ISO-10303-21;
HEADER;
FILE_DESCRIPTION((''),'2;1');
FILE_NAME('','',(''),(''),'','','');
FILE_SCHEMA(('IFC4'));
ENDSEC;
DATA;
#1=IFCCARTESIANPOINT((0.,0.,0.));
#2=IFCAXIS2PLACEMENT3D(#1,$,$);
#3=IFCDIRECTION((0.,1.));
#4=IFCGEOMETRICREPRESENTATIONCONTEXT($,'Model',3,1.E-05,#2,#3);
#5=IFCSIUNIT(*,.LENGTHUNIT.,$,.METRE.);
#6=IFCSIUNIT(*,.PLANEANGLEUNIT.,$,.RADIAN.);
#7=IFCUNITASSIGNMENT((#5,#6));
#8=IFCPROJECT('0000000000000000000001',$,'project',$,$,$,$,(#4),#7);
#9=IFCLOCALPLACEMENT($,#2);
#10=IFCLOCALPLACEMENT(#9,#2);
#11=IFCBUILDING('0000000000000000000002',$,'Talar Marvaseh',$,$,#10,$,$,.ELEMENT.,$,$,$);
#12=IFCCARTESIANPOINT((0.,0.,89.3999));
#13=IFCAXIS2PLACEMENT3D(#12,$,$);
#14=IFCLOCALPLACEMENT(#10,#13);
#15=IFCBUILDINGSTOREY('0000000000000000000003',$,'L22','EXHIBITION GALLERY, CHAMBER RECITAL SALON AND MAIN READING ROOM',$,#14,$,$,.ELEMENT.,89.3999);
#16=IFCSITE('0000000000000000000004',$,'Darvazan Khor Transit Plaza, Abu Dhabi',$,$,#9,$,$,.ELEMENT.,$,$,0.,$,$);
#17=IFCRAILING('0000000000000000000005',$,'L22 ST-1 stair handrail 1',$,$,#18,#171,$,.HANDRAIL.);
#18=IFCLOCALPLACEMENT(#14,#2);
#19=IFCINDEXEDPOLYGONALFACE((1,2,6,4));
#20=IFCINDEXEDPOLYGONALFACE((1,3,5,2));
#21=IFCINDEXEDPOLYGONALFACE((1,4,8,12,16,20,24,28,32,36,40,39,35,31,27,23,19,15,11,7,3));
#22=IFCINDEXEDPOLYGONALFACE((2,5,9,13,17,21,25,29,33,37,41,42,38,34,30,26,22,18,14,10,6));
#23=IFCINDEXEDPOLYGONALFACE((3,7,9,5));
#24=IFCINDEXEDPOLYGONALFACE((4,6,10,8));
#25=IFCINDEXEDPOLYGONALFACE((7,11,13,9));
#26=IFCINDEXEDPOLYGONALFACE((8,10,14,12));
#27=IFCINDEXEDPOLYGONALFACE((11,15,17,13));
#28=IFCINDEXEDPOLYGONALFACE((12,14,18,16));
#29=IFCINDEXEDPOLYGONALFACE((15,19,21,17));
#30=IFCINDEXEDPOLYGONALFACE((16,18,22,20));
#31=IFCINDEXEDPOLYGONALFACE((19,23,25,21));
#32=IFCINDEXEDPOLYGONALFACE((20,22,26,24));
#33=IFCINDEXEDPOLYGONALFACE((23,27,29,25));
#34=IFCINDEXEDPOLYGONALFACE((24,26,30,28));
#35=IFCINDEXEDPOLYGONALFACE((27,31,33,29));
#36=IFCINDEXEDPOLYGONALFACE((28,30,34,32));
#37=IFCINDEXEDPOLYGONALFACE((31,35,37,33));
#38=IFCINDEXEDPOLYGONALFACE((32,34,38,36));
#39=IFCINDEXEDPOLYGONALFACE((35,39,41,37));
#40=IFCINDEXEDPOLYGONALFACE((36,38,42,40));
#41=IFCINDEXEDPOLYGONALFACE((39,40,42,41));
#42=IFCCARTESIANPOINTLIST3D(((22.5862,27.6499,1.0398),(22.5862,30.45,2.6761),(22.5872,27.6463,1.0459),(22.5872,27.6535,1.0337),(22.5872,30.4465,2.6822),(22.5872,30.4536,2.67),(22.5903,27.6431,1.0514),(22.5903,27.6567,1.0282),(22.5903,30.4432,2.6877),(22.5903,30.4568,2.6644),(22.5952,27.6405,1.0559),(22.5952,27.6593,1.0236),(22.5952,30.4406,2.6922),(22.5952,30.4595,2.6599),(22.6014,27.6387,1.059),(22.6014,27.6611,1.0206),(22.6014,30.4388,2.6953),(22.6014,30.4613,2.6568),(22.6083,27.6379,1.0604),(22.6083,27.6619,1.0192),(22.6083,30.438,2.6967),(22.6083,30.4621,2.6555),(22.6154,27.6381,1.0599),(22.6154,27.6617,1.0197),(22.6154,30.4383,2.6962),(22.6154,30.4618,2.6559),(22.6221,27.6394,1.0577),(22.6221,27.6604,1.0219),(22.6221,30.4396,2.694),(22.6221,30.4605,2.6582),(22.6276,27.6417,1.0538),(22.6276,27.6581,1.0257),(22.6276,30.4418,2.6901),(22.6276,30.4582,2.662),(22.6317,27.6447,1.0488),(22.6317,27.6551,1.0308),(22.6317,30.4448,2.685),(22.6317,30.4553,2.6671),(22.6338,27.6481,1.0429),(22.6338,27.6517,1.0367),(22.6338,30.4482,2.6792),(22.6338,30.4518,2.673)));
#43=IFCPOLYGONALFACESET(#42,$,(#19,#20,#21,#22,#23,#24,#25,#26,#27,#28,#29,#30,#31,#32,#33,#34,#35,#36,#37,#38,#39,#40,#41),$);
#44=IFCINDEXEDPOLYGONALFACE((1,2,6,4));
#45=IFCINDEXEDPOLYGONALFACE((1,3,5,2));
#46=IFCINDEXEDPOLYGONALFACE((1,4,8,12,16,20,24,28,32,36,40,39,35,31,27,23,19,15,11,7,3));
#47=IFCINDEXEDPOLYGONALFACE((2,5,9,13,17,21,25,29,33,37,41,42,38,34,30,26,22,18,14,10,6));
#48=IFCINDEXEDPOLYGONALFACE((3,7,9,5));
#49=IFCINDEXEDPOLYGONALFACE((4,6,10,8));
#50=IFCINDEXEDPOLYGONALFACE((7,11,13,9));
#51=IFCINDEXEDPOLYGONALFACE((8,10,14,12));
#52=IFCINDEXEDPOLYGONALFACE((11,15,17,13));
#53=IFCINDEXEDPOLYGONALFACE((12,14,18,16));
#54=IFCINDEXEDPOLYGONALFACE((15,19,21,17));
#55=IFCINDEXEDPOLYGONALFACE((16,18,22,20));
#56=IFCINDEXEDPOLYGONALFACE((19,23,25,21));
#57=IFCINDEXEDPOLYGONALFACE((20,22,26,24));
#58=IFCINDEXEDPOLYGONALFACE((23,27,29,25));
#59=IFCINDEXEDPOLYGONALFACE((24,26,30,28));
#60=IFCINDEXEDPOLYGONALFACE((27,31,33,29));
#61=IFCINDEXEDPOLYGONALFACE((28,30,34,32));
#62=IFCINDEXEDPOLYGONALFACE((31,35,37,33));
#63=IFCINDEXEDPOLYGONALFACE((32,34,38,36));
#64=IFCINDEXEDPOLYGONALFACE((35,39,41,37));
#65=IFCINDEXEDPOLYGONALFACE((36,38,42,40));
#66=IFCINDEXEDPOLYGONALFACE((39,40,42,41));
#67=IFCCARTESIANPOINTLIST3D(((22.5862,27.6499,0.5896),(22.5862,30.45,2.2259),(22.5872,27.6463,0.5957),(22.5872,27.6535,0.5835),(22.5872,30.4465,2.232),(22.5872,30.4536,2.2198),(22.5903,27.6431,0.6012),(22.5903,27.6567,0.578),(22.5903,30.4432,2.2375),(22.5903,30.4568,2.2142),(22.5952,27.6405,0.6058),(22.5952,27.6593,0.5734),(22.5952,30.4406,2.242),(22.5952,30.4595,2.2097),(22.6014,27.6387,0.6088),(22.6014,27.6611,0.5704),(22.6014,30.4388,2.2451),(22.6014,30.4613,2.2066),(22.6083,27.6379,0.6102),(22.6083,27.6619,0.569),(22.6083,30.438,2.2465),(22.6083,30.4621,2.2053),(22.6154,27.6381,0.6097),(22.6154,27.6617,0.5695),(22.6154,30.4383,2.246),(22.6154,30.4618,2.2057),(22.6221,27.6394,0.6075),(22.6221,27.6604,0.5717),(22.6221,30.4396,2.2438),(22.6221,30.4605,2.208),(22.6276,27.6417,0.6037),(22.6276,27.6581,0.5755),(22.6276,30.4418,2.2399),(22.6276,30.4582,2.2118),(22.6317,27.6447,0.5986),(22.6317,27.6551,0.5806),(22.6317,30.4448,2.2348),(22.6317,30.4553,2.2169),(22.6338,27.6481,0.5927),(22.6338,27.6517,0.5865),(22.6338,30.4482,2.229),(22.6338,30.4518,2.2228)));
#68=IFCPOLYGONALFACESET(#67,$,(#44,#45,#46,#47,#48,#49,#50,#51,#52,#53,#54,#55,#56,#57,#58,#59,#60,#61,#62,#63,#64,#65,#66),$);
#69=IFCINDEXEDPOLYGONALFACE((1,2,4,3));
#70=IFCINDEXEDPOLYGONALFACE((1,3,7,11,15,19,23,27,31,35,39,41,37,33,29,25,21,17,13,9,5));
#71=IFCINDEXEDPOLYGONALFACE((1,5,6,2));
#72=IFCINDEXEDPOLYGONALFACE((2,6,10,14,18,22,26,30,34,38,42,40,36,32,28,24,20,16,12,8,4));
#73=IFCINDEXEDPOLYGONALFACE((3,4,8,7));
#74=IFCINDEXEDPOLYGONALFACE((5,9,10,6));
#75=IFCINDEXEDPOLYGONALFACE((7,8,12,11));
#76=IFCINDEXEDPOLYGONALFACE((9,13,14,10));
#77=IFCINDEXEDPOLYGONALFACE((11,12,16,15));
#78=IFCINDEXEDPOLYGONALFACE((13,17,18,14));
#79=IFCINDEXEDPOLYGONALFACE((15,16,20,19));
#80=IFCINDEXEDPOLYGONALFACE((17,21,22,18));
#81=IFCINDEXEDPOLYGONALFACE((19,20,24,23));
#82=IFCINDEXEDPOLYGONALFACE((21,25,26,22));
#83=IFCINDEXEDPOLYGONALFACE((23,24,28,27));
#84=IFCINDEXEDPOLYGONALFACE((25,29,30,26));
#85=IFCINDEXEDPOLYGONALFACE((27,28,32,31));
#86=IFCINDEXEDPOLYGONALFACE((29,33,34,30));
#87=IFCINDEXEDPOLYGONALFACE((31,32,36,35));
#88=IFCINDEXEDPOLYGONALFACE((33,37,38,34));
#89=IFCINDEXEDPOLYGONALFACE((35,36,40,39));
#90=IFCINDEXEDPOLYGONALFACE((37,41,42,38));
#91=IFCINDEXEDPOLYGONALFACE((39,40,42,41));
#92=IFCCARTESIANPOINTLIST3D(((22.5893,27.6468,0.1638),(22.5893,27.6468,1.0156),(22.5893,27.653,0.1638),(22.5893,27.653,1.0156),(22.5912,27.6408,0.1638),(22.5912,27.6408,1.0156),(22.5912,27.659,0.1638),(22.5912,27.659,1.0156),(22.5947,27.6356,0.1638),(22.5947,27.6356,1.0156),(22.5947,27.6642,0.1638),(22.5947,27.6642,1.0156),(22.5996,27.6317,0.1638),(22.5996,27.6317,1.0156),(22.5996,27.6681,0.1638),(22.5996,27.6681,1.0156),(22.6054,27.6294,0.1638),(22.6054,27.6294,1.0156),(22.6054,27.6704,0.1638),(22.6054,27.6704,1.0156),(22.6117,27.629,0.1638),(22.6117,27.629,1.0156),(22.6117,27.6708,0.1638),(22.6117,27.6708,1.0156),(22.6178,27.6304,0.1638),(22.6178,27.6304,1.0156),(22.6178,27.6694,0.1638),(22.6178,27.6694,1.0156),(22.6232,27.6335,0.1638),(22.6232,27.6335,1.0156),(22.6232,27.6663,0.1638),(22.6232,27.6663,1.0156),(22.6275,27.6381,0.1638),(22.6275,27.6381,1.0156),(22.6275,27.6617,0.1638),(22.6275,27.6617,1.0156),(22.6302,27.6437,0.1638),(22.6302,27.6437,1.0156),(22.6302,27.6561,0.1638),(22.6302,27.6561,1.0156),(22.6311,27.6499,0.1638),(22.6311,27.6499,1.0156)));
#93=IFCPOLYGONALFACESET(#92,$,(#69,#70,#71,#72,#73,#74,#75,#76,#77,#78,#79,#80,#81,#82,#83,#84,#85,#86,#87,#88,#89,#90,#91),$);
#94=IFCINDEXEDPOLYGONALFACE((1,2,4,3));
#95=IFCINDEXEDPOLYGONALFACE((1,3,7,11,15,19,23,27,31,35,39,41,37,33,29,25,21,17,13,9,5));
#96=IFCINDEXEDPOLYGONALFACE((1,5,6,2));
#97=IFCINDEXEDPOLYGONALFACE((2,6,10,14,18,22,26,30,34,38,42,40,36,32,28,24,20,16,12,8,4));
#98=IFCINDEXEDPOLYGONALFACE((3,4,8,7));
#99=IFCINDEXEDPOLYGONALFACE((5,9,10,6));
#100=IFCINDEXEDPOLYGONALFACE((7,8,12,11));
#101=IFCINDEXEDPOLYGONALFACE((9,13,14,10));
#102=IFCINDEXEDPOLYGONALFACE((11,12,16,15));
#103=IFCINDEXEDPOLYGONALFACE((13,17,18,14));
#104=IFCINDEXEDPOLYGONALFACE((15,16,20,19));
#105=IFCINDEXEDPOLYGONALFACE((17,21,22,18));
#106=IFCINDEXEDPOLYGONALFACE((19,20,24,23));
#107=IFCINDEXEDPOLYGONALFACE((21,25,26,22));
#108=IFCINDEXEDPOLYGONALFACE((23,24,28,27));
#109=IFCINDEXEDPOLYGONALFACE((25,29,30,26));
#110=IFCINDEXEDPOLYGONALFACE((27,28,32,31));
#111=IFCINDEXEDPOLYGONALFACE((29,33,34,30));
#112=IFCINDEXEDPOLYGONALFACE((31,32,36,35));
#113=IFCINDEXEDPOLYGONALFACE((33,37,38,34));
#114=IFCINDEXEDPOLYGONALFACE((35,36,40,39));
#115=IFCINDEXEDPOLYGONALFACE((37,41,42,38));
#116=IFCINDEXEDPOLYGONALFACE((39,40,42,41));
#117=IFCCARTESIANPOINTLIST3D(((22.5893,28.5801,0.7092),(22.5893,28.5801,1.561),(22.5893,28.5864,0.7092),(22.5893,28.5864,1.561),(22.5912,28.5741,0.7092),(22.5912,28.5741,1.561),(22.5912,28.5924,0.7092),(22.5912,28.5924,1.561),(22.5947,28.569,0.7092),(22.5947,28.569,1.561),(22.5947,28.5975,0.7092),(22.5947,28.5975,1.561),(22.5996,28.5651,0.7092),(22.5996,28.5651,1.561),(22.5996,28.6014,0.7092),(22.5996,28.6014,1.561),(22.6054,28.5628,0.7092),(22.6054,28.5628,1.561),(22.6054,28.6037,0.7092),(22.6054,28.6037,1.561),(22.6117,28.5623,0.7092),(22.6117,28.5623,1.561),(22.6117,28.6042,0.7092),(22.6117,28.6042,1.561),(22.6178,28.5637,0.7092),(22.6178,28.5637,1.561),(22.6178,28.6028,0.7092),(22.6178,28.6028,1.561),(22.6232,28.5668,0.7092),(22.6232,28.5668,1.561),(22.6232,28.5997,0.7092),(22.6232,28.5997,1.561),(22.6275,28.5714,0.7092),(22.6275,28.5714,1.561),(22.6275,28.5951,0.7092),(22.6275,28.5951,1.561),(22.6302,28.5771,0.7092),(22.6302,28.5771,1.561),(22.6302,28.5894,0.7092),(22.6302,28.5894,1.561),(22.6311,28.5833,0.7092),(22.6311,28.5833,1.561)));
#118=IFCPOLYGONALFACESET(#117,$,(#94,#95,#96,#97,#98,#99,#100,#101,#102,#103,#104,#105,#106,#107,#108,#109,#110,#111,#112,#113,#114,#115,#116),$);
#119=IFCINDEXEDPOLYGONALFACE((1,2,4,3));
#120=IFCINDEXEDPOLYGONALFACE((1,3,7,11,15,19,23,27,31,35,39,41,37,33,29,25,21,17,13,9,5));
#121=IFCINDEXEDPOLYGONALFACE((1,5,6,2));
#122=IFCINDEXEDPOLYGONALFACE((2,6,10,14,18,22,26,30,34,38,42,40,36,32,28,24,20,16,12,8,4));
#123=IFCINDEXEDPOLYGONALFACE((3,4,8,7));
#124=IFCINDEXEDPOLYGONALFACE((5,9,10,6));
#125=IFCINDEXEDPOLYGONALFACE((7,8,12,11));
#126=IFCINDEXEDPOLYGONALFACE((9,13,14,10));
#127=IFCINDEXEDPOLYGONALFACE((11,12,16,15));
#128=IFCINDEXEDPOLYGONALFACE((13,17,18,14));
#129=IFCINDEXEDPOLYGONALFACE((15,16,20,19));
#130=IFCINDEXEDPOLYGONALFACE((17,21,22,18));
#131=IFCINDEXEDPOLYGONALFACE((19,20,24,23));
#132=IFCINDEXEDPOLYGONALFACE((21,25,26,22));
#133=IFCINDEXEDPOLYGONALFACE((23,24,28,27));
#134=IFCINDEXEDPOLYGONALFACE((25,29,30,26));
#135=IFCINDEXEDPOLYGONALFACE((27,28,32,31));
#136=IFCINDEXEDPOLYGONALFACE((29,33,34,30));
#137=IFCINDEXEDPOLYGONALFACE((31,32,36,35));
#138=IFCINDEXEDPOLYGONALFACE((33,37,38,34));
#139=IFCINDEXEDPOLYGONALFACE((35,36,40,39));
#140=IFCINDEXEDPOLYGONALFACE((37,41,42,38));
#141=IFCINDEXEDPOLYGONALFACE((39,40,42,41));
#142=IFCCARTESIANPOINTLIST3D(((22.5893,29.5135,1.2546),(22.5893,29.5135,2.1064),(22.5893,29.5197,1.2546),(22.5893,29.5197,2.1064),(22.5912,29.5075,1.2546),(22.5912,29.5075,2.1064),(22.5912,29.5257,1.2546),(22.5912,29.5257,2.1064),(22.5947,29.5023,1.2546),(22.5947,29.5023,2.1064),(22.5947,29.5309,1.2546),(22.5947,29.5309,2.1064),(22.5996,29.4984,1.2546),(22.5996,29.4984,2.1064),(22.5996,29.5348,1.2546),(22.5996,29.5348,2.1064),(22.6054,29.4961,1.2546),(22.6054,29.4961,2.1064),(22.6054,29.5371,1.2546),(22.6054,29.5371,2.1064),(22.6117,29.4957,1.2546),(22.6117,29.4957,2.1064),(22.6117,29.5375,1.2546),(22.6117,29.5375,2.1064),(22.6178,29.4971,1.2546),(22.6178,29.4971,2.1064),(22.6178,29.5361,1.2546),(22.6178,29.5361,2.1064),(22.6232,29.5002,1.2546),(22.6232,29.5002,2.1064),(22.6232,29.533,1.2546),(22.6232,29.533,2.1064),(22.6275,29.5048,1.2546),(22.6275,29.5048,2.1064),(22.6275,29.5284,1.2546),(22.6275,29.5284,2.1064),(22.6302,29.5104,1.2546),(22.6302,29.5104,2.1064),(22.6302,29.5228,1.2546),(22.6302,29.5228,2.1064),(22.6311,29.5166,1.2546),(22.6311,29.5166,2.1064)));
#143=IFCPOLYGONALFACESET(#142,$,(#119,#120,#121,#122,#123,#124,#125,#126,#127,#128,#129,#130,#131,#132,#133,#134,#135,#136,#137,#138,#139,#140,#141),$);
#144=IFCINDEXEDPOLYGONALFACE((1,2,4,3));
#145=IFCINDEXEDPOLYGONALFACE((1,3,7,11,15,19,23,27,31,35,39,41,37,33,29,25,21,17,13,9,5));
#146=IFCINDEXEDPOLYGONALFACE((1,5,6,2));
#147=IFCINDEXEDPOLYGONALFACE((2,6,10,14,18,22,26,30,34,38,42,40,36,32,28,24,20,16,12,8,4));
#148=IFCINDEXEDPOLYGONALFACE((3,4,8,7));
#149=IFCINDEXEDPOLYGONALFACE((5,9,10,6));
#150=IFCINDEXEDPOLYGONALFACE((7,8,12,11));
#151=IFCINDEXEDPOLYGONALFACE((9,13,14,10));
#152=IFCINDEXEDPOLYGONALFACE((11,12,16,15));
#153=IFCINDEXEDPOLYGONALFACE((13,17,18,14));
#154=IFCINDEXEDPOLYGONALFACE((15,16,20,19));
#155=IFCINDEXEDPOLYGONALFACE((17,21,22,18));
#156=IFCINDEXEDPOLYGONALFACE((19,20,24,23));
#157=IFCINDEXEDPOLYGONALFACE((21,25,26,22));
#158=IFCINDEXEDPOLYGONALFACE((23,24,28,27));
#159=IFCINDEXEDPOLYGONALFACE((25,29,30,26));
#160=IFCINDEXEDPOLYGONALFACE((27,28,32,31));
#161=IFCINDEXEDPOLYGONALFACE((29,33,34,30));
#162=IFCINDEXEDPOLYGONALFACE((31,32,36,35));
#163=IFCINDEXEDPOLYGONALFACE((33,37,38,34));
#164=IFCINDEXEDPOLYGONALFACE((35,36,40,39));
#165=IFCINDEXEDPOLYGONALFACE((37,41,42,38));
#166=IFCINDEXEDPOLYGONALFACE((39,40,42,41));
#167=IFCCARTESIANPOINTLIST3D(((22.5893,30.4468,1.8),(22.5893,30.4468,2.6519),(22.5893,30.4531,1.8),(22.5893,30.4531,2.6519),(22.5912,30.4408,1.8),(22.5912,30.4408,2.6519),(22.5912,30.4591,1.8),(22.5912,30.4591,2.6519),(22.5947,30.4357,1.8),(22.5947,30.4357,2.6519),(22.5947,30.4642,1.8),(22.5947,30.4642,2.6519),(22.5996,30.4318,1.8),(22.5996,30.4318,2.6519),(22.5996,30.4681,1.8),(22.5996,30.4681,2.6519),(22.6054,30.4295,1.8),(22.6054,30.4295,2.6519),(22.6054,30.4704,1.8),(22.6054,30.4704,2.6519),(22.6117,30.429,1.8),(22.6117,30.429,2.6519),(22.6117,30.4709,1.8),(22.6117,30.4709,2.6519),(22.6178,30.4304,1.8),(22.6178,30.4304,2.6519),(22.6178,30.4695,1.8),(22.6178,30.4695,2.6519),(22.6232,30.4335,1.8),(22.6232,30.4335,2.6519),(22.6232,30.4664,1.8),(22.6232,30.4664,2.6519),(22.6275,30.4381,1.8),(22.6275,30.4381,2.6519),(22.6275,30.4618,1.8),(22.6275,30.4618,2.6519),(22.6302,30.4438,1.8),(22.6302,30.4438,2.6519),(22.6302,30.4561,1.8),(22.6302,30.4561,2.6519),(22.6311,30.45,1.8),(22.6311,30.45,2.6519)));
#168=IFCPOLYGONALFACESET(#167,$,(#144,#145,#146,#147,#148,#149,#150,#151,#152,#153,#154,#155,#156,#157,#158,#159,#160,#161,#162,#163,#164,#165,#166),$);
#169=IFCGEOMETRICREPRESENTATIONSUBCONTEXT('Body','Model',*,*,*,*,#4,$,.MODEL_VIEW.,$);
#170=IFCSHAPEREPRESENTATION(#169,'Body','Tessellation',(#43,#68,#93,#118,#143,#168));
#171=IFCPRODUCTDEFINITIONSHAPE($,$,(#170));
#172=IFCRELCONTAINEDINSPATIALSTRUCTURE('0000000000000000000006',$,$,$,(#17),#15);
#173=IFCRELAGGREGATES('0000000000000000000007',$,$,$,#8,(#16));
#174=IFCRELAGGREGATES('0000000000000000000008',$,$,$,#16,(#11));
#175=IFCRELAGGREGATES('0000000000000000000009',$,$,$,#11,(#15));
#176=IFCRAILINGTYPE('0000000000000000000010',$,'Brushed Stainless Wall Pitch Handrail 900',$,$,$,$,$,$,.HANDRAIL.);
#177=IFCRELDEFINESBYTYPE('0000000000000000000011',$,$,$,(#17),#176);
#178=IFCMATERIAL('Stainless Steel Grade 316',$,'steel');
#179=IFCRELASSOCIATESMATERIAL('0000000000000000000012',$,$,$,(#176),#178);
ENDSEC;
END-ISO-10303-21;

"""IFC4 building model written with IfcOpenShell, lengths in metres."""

from ifc_helpers import new_model, si_unit, direction, frame, origin, origin_2d, place, context, subcontext, project, spatial, circle, extrude, material, type_object, element, save


model = new_model("IFC4")

# Units and contexts
model_context = context("Model", 3, precision=1e-05, world=origin(), true_north=direction((0.0, 1.0)))
body_context = subcontext(model_context, "Body", "Model", "MODEL_VIEW")
ifc_project = project(units=[si_unit("LENGTHUNIT", "METRE"), si_unit("PLANEANGLEUNIT", "RADIAN")], contexts=[model_context])

# Site, building, storey
site_placement = place(None, origin())
site = spatial("IfcSite", under=ifc_project, at=site_placement, Name="Darvazan Khor Transit Plaza, Abu Dhabi", CompositionType="ELEMENT", RefElevation=0.0)
building_placement = place(site_placement, origin())
building = spatial("IfcBuilding", under=site, at=building_placement, Name="Talar Marvaseh", CompositionType="ELEMENT")
storey_placement = place(building_placement, frame((0.0, 0.0, 89.3999)))
storey = spatial("IfcBuildingStorey", under=building, at=storey_placement, Name="L22", Description="EXHIBITION GALLERY, CHAMBER RECITAL SALON AND MAIN READING ROOM", CompositionType="ELEMENT", Elevation=89.3999)

# Railing
ifc_material_1 = material(Name="Stainless Steel Grade 316", Category="steel")
railing_type_1 = type_object("IfcRailingType", Name="Brushed Stainless Wall Pitch Handrail 900", PredefinedType="HANDRAIL", material=ifc_material_1)
railing_1_placement = place(storey_placement, frame((22.6101, 27.6499, 0.1638)))
element("IfcRailing", 1, at=railing_1_placement, inside=storey, type_object=railing_type_1, Name="L22 ST-1 stair handrail 1", PredefinedType="HANDRAIL", context=body_context, shape_type="SweptSolid", body=[
    extrude(circle(Radius=0.0239, at=origin_2d()), frame((0.0, 0.0, 0.876), z_axis=(0.0, 0.863394, 0.504531), x_axis=(-1.0, 0.0, 0.0)), (0.0, 0.0, 1.0), 3.2432),
    extrude(circle(Radius=0.0239, at=origin_2d()), frame((0.0, 0.0, 0.4258), z_axis=(0.0, 0.863394, 0.504531), x_axis=(-1.0, 0.0, 0.0)), (0.0, 0.0, 1.0), 3.2432),
    extrude(circle(Radius=0.021, at=origin_2d()), origin(), (0.0, 0.0, 1.0), 0.8518),
    extrude(circle(Radius=0.021, at=origin_2d()), frame((0.0, 0.9333, 0.5454)), (0.0, 0.0, 1.0), 0.8518),
    extrude(circle(Radius=0.021, at=origin_2d()), frame((0.0, 1.8667, 1.0908)), (0.0, 0.0, 1.0), 0.8518),
    extrude(circle(Radius=0.021, at=origin_2d()), frame((0.0, 2.8, 1.6362)), (0.0, 0.0, 1.0), 0.8518),
])

save(model, "model.ifc")
